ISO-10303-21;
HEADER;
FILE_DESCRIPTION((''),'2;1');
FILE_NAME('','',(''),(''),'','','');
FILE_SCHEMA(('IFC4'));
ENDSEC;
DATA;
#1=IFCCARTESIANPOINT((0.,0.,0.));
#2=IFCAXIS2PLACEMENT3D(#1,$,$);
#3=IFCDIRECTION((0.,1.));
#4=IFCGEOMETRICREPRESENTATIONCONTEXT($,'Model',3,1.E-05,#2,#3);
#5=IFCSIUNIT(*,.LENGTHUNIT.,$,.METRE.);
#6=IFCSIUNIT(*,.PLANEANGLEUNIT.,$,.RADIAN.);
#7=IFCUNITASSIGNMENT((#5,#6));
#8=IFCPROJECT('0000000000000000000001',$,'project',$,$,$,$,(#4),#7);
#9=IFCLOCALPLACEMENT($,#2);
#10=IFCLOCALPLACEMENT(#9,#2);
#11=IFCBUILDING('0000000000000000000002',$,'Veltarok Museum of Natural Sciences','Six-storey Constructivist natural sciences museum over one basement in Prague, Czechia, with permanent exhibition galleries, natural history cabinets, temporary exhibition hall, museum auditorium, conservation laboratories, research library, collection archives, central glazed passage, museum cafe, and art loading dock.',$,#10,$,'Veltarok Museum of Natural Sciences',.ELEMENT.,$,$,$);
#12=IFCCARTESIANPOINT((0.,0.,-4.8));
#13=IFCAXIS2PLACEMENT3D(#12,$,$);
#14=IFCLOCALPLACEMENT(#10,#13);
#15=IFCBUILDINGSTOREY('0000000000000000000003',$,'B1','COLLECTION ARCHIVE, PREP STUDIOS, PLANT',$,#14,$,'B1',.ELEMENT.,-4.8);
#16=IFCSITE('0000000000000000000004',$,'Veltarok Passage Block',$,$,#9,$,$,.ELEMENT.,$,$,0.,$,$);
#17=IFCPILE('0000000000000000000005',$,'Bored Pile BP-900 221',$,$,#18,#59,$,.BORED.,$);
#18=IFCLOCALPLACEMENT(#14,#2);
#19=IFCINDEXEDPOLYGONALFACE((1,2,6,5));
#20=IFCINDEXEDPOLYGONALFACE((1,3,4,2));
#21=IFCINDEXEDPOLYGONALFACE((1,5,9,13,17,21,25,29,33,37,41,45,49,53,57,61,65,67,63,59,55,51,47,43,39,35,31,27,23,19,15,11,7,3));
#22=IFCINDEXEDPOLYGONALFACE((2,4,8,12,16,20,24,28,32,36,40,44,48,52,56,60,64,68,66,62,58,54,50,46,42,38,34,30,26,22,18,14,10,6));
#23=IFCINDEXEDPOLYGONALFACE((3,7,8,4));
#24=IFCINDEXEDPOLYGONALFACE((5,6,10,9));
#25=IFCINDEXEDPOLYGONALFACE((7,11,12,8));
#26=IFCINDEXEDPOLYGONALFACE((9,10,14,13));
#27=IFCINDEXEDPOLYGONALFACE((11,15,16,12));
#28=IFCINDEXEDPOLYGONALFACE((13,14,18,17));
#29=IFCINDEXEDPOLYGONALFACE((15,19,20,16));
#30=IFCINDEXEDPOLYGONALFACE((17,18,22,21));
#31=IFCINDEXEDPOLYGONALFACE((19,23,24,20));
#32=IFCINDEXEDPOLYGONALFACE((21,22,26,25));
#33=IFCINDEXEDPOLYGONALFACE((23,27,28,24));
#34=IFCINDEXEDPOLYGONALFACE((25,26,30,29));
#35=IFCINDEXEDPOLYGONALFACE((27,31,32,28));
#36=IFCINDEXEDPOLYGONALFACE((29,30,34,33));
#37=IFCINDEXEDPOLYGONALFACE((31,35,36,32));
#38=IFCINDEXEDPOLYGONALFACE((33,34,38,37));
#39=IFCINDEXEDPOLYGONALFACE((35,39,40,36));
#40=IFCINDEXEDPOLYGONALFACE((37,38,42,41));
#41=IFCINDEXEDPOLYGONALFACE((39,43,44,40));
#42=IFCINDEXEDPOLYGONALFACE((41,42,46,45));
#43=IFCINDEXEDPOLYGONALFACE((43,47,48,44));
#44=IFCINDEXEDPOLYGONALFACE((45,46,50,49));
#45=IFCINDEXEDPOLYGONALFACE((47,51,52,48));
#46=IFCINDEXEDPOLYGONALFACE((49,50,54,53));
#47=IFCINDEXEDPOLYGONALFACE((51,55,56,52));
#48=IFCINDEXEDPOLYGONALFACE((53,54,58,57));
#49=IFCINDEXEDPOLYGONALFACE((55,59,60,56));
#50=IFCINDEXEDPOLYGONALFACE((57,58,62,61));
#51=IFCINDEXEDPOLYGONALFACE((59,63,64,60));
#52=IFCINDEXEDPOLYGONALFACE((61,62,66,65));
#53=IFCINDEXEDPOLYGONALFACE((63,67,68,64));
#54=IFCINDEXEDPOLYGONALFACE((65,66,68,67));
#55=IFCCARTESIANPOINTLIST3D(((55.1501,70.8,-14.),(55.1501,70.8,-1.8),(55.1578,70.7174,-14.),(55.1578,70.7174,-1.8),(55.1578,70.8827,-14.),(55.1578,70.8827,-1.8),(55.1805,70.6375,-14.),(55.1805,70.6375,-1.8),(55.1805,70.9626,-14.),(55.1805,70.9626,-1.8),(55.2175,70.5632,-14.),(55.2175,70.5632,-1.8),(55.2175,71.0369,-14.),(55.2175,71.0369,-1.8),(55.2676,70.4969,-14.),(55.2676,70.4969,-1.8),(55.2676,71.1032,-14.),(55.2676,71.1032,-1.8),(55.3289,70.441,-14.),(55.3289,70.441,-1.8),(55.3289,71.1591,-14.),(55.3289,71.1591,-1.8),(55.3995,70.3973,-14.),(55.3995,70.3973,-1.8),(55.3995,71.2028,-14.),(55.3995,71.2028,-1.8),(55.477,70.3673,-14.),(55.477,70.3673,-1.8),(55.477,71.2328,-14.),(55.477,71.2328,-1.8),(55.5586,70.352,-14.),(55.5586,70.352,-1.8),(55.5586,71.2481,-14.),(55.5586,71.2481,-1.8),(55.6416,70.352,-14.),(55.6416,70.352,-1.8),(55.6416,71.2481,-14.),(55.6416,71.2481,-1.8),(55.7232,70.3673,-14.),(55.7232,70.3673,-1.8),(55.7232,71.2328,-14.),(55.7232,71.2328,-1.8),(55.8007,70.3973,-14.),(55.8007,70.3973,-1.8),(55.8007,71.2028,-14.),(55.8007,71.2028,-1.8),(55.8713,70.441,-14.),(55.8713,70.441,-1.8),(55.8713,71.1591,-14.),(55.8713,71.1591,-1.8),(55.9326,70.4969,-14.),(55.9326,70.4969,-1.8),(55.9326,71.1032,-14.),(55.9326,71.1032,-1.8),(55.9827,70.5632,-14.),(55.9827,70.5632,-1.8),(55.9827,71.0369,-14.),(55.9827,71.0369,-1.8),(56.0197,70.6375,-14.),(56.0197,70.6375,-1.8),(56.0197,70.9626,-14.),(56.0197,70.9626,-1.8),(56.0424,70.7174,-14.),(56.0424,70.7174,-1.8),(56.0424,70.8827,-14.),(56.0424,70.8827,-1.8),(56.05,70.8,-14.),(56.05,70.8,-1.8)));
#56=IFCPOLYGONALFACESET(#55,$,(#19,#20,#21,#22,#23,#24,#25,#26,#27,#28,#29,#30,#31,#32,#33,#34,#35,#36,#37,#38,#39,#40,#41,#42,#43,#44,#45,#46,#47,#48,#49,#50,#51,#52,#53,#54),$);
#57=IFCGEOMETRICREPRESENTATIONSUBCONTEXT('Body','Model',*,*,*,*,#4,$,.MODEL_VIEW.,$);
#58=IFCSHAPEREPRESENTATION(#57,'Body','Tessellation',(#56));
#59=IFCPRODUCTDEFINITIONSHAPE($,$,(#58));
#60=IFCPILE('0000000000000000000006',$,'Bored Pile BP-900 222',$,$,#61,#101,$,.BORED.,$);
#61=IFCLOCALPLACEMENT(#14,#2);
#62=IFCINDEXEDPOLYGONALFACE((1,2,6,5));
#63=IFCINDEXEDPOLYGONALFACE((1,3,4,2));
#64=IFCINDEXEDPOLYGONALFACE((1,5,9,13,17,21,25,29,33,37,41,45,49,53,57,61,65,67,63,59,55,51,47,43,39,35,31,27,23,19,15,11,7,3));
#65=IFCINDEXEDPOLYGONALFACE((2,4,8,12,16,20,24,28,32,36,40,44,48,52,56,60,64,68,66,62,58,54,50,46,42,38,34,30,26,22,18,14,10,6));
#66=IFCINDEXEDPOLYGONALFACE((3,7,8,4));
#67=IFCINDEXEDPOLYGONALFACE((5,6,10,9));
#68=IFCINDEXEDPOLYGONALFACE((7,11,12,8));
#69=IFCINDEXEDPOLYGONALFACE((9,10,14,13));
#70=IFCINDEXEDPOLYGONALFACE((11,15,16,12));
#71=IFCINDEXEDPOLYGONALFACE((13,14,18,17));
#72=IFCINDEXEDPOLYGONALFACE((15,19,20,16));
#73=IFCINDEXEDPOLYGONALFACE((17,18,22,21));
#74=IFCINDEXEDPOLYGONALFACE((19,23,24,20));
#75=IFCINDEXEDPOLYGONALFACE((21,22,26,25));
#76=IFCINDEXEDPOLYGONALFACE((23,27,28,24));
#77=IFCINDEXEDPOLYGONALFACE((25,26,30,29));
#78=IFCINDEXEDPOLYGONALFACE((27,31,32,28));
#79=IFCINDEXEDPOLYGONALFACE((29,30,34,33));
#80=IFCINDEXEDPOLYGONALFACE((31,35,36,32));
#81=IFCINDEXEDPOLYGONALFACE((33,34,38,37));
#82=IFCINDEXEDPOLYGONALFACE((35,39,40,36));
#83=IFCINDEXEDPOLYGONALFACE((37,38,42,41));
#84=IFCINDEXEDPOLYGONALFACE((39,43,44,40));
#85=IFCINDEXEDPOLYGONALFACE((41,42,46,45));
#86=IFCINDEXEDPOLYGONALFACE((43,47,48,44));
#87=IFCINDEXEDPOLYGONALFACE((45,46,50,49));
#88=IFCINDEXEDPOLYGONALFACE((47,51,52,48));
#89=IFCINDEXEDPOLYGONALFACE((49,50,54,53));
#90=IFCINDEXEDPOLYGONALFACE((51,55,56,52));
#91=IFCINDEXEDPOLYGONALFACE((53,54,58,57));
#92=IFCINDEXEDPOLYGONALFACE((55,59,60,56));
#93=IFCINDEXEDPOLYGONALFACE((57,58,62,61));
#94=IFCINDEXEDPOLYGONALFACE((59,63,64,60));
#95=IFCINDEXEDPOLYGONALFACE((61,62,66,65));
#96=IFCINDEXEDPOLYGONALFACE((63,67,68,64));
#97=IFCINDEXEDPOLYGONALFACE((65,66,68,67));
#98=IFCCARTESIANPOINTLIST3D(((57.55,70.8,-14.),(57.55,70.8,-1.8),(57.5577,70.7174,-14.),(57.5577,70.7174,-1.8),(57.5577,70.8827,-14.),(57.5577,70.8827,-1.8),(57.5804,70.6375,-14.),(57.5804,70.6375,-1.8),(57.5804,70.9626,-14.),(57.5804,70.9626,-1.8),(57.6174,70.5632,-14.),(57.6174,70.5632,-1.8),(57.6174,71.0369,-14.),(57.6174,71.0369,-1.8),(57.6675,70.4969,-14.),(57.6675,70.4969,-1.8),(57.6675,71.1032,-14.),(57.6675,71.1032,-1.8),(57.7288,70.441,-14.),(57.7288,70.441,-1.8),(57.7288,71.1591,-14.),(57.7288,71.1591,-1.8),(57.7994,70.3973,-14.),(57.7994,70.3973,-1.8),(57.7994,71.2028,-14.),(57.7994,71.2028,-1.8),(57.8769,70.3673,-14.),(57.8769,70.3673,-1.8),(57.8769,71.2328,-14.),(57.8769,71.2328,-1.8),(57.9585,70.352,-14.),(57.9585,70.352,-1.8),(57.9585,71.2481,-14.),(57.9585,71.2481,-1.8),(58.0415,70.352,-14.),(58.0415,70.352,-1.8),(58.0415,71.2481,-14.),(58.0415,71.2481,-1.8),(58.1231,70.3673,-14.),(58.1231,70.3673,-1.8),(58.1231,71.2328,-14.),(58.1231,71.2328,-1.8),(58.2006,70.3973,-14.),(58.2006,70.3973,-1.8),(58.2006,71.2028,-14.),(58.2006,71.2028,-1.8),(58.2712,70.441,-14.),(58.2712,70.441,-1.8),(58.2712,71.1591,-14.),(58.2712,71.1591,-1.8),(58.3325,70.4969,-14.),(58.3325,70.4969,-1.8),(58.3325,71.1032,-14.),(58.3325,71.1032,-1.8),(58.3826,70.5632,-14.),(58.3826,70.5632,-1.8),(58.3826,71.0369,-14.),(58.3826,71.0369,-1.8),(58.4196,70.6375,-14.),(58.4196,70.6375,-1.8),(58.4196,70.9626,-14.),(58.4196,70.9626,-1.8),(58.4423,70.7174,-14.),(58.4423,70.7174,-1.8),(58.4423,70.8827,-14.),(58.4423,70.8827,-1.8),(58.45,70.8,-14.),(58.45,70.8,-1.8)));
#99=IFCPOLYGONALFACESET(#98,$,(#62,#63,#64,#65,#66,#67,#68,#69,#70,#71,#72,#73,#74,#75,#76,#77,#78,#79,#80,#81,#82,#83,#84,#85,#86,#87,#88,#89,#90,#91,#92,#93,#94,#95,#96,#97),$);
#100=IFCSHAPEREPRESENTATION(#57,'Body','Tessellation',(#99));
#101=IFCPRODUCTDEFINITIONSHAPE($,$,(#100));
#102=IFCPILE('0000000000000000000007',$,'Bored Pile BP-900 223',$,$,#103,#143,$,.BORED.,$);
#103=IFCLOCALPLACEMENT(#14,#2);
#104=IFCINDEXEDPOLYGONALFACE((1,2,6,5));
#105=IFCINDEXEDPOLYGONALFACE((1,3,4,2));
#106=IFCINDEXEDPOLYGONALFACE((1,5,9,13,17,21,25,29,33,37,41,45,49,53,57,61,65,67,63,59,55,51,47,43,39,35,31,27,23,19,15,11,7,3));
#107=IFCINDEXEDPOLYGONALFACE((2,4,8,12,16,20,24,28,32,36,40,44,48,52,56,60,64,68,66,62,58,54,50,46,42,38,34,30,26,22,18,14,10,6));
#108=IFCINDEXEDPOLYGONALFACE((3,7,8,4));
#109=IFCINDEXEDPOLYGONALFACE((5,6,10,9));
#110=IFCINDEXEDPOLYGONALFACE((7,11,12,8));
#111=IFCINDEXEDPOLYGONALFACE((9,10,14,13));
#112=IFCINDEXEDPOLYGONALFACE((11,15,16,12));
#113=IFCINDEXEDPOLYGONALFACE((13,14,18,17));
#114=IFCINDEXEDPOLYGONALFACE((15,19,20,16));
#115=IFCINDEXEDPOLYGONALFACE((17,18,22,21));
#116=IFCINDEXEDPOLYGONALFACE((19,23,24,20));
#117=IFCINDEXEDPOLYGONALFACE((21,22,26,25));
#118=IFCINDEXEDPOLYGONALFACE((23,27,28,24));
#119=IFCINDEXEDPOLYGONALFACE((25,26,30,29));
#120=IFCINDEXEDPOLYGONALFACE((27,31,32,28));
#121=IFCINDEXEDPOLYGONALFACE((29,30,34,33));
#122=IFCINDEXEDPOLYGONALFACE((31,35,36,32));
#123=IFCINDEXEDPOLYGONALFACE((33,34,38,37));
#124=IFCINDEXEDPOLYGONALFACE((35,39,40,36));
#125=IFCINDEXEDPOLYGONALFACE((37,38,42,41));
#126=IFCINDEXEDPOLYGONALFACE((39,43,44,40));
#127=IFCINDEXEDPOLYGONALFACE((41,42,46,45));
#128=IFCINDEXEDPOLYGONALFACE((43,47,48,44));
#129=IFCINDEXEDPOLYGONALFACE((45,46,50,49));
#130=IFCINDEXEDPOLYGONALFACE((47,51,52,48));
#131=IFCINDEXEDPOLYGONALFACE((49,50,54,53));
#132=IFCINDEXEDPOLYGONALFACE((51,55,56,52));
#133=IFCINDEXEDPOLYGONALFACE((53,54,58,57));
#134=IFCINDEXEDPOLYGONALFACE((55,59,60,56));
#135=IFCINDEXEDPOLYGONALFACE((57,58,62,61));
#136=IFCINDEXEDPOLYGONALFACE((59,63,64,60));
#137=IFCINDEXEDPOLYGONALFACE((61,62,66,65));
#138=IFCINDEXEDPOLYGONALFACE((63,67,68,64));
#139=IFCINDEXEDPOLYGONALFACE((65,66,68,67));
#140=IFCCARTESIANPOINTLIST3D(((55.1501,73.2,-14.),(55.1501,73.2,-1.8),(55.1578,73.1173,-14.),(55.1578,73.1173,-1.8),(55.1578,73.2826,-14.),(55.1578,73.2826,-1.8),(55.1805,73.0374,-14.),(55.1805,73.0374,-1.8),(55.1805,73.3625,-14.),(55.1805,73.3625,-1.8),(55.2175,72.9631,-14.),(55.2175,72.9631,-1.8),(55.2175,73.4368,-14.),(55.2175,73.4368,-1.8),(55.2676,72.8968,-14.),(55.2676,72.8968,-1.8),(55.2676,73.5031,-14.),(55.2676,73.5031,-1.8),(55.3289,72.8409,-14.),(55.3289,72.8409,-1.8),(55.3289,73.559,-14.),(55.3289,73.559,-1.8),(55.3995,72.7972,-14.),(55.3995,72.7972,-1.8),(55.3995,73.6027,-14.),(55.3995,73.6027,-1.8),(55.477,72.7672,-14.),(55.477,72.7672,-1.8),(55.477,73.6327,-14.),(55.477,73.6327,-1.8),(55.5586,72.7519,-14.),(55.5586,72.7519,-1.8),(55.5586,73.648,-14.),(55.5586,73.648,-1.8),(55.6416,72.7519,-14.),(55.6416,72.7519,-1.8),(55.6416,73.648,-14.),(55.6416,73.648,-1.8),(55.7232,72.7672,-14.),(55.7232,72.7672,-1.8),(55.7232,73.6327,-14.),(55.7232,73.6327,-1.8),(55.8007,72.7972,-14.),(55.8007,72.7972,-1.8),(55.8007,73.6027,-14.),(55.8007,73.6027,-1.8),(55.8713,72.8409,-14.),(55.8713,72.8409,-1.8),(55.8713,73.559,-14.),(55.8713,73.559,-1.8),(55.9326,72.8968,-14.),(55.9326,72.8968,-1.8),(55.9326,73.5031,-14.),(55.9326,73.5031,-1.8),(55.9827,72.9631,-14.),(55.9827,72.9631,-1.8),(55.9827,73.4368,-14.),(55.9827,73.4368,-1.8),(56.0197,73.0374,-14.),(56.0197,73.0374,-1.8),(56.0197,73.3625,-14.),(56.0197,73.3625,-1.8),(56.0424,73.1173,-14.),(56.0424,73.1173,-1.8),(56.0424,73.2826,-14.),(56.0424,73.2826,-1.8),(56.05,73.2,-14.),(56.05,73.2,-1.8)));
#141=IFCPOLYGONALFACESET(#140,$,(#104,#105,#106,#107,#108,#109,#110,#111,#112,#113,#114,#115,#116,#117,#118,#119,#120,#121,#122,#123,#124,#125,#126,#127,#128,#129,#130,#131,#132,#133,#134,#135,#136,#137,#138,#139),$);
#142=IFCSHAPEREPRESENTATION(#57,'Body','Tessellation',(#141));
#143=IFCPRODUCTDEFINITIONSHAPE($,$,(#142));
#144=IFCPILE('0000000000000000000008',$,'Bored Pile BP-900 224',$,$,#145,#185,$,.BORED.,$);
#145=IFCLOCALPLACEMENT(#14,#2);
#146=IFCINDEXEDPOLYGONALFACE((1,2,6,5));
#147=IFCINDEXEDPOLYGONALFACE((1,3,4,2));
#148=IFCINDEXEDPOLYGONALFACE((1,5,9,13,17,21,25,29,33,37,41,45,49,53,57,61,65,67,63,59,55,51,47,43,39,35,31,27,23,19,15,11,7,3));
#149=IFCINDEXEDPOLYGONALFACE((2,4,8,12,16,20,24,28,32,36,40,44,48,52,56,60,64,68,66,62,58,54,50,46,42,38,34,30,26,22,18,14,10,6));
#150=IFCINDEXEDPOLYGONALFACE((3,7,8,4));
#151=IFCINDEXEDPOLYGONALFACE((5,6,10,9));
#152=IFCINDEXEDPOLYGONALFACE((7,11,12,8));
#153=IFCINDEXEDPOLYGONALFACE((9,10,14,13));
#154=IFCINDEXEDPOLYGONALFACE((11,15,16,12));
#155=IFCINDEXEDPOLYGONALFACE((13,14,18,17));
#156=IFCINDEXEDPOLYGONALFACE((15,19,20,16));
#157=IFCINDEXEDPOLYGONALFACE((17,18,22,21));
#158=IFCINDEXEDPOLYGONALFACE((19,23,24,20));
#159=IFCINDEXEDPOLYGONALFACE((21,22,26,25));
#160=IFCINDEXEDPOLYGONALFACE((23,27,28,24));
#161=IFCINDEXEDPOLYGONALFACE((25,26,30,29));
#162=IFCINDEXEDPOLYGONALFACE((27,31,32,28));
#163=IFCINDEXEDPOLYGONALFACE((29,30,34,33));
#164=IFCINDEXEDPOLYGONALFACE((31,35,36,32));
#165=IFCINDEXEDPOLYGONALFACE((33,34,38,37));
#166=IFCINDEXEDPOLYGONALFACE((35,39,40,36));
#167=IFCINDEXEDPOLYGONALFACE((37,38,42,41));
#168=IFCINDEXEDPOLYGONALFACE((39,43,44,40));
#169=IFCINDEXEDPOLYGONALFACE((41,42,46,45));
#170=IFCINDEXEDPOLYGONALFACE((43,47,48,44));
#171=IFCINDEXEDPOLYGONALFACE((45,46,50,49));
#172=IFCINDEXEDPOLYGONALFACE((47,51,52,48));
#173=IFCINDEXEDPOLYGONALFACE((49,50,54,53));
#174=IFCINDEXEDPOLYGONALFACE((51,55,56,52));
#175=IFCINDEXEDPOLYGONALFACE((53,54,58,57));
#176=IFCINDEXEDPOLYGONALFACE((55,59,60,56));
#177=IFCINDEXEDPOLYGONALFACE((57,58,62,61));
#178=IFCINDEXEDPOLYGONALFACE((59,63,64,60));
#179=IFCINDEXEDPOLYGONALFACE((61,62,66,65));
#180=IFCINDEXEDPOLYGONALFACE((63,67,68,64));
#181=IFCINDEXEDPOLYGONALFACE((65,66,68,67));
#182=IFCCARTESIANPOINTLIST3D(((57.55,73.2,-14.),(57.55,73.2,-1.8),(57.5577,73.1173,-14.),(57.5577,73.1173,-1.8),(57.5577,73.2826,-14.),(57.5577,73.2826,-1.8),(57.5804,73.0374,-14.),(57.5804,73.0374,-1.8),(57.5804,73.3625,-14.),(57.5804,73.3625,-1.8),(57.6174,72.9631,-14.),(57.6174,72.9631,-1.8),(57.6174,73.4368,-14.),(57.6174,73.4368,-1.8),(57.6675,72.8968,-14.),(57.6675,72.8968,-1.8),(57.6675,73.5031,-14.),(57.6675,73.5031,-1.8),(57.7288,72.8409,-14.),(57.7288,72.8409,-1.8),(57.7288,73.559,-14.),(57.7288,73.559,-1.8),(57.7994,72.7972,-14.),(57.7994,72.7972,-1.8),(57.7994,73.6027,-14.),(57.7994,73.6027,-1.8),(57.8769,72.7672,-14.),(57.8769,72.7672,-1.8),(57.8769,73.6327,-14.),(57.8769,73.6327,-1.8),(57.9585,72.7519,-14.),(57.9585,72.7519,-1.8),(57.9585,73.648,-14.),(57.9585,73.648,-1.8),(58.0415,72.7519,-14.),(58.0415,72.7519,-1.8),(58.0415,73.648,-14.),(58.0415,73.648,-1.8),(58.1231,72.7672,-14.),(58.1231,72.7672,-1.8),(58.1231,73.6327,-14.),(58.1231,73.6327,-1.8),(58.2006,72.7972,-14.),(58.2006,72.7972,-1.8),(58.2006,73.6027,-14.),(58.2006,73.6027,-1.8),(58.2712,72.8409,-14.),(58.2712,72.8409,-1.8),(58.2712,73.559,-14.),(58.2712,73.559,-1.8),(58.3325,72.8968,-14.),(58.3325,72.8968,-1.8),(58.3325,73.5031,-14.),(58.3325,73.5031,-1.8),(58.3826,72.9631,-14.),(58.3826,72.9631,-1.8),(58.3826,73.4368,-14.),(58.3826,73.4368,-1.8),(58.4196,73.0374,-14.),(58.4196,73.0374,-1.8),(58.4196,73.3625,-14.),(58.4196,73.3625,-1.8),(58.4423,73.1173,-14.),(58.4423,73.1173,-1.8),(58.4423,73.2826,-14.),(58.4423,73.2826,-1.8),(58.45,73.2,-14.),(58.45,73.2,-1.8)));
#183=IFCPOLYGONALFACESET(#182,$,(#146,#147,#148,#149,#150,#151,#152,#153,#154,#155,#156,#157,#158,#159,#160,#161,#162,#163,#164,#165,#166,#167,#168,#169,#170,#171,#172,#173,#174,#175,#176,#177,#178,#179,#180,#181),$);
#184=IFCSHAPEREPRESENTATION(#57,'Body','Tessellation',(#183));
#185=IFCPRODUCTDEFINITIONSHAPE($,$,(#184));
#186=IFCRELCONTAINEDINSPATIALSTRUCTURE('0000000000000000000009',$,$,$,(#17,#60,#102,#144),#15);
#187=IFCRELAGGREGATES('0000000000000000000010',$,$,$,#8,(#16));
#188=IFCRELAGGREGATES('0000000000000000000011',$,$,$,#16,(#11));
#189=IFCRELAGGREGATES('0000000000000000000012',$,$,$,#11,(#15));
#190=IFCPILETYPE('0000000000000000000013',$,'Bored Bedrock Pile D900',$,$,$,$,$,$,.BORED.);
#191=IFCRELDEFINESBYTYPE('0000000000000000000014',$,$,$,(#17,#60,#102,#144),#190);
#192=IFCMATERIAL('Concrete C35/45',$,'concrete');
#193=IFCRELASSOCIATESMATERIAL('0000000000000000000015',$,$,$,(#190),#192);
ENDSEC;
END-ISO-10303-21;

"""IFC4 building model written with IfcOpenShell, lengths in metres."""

from ifc_helpers import new_model, si_unit, direction, frame, origin, origin_2d, place, context, subcontext, project, spatial, circle, extrude, material, material_profile, profile_set, type_object, element, save


model = new_model("IFC4")

# Units and contexts
model_context = context("Model", 3, precision=1e-05, world=origin(), true_north=direction((0.0, 1.0)))
body_context = subcontext(model_context, "Body", "Model", "MODEL_VIEW")
ifc_project = project(units=[si_unit("LENGTHUNIT", "METRE"), si_unit("PLANEANGLEUNIT", "RADIAN")], contexts=[model_context])

# Site, building, storey
site_placement = place(None, origin())
site = spatial("IfcSite", under=ifc_project, at=site_placement, Name="Veltarok Passage Block", CompositionType="ELEMENT", RefElevation=0.0)
building_placement = place(site_placement, origin())
building = spatial("IfcBuilding", under=site, at=building_placement, Name="Veltarok Museum of Natural Sciences", Description="Six-storey Constructivist natural sciences museum over one basement in Prague, Czechia, with permanent exhibition galleries, natural history cabinets, temporary exhibition hall, museum auditorium, conservation laboratories, research library, collection archives, central glazed passage, museum cafe, and art loading dock.", LongName="Veltarok Museum of Natural Sciences", CompositionType="ELEMENT")
storey_placement = place(building_placement, frame((0.0, 0.0, -4.8)))
storey = spatial("IfcBuildingStorey", under=building, at=storey_placement, Name="B1", Description="COLLECTION ARCHIVE, PREP STUDIOS, PLANT", LongName="B1", CompositionType="ELEMENT", Elevation=-4.8)

# Piles
ifc_material_1 = material(Name="Concrete C35/45", Category="concrete")
ifc_material_profile_1 = material_profile(ifc_material_1, circle(Radius=0.45, at=origin_2d()), Name="BP D900")
ifc_profile_set_1 = profile_set([ifc_material_profile_1], Name="Concrete C35/45")
pile_type = type_object("IfcPileType", Name="Bored Bedrock Pile D900", PredefinedType="BORED", material=ifc_profile_set_1)
for number, where, z_axis, x_axis, name in (
    (1, (55.6001, 70.8, -1.8), (0.0, 0.0, -1.0), (1.0, 0.0, 0.0), "Bored Pile BP-900 221"),
    (2, (58.0, 70.8, -1.8), (0.0, 0.0, -1.0), (1.0, 0.0, 0.0), "Bored Pile BP-900 222"),
    (3, (55.6001, 73.2, -1.8), (0.0, 0.0, -1.0), (1.0, 0.0, 0.0), "Bored Pile BP-900 223"),
    (4, (58.0, 73.2, -1.8), (0.0, 0.0, -1.0), (1.0, 0.0, 0.0), "Bored Pile BP-900 224"),
):
    element("IfcPile", number, at=place(storey_placement, frame(where, z_axis=z_axis, x_axis=x_axis)), inside=storey, type_object=pile_type, Name=name, PredefinedType="BORED", context=body_context, shape_type="SweptSolid", body=[
        extrude(circle(Radius=0.45, at=origin_2d()), origin(), (0.0, 0.0, 1.0), 12.2),
    ])

save(model, "model.ifc")
